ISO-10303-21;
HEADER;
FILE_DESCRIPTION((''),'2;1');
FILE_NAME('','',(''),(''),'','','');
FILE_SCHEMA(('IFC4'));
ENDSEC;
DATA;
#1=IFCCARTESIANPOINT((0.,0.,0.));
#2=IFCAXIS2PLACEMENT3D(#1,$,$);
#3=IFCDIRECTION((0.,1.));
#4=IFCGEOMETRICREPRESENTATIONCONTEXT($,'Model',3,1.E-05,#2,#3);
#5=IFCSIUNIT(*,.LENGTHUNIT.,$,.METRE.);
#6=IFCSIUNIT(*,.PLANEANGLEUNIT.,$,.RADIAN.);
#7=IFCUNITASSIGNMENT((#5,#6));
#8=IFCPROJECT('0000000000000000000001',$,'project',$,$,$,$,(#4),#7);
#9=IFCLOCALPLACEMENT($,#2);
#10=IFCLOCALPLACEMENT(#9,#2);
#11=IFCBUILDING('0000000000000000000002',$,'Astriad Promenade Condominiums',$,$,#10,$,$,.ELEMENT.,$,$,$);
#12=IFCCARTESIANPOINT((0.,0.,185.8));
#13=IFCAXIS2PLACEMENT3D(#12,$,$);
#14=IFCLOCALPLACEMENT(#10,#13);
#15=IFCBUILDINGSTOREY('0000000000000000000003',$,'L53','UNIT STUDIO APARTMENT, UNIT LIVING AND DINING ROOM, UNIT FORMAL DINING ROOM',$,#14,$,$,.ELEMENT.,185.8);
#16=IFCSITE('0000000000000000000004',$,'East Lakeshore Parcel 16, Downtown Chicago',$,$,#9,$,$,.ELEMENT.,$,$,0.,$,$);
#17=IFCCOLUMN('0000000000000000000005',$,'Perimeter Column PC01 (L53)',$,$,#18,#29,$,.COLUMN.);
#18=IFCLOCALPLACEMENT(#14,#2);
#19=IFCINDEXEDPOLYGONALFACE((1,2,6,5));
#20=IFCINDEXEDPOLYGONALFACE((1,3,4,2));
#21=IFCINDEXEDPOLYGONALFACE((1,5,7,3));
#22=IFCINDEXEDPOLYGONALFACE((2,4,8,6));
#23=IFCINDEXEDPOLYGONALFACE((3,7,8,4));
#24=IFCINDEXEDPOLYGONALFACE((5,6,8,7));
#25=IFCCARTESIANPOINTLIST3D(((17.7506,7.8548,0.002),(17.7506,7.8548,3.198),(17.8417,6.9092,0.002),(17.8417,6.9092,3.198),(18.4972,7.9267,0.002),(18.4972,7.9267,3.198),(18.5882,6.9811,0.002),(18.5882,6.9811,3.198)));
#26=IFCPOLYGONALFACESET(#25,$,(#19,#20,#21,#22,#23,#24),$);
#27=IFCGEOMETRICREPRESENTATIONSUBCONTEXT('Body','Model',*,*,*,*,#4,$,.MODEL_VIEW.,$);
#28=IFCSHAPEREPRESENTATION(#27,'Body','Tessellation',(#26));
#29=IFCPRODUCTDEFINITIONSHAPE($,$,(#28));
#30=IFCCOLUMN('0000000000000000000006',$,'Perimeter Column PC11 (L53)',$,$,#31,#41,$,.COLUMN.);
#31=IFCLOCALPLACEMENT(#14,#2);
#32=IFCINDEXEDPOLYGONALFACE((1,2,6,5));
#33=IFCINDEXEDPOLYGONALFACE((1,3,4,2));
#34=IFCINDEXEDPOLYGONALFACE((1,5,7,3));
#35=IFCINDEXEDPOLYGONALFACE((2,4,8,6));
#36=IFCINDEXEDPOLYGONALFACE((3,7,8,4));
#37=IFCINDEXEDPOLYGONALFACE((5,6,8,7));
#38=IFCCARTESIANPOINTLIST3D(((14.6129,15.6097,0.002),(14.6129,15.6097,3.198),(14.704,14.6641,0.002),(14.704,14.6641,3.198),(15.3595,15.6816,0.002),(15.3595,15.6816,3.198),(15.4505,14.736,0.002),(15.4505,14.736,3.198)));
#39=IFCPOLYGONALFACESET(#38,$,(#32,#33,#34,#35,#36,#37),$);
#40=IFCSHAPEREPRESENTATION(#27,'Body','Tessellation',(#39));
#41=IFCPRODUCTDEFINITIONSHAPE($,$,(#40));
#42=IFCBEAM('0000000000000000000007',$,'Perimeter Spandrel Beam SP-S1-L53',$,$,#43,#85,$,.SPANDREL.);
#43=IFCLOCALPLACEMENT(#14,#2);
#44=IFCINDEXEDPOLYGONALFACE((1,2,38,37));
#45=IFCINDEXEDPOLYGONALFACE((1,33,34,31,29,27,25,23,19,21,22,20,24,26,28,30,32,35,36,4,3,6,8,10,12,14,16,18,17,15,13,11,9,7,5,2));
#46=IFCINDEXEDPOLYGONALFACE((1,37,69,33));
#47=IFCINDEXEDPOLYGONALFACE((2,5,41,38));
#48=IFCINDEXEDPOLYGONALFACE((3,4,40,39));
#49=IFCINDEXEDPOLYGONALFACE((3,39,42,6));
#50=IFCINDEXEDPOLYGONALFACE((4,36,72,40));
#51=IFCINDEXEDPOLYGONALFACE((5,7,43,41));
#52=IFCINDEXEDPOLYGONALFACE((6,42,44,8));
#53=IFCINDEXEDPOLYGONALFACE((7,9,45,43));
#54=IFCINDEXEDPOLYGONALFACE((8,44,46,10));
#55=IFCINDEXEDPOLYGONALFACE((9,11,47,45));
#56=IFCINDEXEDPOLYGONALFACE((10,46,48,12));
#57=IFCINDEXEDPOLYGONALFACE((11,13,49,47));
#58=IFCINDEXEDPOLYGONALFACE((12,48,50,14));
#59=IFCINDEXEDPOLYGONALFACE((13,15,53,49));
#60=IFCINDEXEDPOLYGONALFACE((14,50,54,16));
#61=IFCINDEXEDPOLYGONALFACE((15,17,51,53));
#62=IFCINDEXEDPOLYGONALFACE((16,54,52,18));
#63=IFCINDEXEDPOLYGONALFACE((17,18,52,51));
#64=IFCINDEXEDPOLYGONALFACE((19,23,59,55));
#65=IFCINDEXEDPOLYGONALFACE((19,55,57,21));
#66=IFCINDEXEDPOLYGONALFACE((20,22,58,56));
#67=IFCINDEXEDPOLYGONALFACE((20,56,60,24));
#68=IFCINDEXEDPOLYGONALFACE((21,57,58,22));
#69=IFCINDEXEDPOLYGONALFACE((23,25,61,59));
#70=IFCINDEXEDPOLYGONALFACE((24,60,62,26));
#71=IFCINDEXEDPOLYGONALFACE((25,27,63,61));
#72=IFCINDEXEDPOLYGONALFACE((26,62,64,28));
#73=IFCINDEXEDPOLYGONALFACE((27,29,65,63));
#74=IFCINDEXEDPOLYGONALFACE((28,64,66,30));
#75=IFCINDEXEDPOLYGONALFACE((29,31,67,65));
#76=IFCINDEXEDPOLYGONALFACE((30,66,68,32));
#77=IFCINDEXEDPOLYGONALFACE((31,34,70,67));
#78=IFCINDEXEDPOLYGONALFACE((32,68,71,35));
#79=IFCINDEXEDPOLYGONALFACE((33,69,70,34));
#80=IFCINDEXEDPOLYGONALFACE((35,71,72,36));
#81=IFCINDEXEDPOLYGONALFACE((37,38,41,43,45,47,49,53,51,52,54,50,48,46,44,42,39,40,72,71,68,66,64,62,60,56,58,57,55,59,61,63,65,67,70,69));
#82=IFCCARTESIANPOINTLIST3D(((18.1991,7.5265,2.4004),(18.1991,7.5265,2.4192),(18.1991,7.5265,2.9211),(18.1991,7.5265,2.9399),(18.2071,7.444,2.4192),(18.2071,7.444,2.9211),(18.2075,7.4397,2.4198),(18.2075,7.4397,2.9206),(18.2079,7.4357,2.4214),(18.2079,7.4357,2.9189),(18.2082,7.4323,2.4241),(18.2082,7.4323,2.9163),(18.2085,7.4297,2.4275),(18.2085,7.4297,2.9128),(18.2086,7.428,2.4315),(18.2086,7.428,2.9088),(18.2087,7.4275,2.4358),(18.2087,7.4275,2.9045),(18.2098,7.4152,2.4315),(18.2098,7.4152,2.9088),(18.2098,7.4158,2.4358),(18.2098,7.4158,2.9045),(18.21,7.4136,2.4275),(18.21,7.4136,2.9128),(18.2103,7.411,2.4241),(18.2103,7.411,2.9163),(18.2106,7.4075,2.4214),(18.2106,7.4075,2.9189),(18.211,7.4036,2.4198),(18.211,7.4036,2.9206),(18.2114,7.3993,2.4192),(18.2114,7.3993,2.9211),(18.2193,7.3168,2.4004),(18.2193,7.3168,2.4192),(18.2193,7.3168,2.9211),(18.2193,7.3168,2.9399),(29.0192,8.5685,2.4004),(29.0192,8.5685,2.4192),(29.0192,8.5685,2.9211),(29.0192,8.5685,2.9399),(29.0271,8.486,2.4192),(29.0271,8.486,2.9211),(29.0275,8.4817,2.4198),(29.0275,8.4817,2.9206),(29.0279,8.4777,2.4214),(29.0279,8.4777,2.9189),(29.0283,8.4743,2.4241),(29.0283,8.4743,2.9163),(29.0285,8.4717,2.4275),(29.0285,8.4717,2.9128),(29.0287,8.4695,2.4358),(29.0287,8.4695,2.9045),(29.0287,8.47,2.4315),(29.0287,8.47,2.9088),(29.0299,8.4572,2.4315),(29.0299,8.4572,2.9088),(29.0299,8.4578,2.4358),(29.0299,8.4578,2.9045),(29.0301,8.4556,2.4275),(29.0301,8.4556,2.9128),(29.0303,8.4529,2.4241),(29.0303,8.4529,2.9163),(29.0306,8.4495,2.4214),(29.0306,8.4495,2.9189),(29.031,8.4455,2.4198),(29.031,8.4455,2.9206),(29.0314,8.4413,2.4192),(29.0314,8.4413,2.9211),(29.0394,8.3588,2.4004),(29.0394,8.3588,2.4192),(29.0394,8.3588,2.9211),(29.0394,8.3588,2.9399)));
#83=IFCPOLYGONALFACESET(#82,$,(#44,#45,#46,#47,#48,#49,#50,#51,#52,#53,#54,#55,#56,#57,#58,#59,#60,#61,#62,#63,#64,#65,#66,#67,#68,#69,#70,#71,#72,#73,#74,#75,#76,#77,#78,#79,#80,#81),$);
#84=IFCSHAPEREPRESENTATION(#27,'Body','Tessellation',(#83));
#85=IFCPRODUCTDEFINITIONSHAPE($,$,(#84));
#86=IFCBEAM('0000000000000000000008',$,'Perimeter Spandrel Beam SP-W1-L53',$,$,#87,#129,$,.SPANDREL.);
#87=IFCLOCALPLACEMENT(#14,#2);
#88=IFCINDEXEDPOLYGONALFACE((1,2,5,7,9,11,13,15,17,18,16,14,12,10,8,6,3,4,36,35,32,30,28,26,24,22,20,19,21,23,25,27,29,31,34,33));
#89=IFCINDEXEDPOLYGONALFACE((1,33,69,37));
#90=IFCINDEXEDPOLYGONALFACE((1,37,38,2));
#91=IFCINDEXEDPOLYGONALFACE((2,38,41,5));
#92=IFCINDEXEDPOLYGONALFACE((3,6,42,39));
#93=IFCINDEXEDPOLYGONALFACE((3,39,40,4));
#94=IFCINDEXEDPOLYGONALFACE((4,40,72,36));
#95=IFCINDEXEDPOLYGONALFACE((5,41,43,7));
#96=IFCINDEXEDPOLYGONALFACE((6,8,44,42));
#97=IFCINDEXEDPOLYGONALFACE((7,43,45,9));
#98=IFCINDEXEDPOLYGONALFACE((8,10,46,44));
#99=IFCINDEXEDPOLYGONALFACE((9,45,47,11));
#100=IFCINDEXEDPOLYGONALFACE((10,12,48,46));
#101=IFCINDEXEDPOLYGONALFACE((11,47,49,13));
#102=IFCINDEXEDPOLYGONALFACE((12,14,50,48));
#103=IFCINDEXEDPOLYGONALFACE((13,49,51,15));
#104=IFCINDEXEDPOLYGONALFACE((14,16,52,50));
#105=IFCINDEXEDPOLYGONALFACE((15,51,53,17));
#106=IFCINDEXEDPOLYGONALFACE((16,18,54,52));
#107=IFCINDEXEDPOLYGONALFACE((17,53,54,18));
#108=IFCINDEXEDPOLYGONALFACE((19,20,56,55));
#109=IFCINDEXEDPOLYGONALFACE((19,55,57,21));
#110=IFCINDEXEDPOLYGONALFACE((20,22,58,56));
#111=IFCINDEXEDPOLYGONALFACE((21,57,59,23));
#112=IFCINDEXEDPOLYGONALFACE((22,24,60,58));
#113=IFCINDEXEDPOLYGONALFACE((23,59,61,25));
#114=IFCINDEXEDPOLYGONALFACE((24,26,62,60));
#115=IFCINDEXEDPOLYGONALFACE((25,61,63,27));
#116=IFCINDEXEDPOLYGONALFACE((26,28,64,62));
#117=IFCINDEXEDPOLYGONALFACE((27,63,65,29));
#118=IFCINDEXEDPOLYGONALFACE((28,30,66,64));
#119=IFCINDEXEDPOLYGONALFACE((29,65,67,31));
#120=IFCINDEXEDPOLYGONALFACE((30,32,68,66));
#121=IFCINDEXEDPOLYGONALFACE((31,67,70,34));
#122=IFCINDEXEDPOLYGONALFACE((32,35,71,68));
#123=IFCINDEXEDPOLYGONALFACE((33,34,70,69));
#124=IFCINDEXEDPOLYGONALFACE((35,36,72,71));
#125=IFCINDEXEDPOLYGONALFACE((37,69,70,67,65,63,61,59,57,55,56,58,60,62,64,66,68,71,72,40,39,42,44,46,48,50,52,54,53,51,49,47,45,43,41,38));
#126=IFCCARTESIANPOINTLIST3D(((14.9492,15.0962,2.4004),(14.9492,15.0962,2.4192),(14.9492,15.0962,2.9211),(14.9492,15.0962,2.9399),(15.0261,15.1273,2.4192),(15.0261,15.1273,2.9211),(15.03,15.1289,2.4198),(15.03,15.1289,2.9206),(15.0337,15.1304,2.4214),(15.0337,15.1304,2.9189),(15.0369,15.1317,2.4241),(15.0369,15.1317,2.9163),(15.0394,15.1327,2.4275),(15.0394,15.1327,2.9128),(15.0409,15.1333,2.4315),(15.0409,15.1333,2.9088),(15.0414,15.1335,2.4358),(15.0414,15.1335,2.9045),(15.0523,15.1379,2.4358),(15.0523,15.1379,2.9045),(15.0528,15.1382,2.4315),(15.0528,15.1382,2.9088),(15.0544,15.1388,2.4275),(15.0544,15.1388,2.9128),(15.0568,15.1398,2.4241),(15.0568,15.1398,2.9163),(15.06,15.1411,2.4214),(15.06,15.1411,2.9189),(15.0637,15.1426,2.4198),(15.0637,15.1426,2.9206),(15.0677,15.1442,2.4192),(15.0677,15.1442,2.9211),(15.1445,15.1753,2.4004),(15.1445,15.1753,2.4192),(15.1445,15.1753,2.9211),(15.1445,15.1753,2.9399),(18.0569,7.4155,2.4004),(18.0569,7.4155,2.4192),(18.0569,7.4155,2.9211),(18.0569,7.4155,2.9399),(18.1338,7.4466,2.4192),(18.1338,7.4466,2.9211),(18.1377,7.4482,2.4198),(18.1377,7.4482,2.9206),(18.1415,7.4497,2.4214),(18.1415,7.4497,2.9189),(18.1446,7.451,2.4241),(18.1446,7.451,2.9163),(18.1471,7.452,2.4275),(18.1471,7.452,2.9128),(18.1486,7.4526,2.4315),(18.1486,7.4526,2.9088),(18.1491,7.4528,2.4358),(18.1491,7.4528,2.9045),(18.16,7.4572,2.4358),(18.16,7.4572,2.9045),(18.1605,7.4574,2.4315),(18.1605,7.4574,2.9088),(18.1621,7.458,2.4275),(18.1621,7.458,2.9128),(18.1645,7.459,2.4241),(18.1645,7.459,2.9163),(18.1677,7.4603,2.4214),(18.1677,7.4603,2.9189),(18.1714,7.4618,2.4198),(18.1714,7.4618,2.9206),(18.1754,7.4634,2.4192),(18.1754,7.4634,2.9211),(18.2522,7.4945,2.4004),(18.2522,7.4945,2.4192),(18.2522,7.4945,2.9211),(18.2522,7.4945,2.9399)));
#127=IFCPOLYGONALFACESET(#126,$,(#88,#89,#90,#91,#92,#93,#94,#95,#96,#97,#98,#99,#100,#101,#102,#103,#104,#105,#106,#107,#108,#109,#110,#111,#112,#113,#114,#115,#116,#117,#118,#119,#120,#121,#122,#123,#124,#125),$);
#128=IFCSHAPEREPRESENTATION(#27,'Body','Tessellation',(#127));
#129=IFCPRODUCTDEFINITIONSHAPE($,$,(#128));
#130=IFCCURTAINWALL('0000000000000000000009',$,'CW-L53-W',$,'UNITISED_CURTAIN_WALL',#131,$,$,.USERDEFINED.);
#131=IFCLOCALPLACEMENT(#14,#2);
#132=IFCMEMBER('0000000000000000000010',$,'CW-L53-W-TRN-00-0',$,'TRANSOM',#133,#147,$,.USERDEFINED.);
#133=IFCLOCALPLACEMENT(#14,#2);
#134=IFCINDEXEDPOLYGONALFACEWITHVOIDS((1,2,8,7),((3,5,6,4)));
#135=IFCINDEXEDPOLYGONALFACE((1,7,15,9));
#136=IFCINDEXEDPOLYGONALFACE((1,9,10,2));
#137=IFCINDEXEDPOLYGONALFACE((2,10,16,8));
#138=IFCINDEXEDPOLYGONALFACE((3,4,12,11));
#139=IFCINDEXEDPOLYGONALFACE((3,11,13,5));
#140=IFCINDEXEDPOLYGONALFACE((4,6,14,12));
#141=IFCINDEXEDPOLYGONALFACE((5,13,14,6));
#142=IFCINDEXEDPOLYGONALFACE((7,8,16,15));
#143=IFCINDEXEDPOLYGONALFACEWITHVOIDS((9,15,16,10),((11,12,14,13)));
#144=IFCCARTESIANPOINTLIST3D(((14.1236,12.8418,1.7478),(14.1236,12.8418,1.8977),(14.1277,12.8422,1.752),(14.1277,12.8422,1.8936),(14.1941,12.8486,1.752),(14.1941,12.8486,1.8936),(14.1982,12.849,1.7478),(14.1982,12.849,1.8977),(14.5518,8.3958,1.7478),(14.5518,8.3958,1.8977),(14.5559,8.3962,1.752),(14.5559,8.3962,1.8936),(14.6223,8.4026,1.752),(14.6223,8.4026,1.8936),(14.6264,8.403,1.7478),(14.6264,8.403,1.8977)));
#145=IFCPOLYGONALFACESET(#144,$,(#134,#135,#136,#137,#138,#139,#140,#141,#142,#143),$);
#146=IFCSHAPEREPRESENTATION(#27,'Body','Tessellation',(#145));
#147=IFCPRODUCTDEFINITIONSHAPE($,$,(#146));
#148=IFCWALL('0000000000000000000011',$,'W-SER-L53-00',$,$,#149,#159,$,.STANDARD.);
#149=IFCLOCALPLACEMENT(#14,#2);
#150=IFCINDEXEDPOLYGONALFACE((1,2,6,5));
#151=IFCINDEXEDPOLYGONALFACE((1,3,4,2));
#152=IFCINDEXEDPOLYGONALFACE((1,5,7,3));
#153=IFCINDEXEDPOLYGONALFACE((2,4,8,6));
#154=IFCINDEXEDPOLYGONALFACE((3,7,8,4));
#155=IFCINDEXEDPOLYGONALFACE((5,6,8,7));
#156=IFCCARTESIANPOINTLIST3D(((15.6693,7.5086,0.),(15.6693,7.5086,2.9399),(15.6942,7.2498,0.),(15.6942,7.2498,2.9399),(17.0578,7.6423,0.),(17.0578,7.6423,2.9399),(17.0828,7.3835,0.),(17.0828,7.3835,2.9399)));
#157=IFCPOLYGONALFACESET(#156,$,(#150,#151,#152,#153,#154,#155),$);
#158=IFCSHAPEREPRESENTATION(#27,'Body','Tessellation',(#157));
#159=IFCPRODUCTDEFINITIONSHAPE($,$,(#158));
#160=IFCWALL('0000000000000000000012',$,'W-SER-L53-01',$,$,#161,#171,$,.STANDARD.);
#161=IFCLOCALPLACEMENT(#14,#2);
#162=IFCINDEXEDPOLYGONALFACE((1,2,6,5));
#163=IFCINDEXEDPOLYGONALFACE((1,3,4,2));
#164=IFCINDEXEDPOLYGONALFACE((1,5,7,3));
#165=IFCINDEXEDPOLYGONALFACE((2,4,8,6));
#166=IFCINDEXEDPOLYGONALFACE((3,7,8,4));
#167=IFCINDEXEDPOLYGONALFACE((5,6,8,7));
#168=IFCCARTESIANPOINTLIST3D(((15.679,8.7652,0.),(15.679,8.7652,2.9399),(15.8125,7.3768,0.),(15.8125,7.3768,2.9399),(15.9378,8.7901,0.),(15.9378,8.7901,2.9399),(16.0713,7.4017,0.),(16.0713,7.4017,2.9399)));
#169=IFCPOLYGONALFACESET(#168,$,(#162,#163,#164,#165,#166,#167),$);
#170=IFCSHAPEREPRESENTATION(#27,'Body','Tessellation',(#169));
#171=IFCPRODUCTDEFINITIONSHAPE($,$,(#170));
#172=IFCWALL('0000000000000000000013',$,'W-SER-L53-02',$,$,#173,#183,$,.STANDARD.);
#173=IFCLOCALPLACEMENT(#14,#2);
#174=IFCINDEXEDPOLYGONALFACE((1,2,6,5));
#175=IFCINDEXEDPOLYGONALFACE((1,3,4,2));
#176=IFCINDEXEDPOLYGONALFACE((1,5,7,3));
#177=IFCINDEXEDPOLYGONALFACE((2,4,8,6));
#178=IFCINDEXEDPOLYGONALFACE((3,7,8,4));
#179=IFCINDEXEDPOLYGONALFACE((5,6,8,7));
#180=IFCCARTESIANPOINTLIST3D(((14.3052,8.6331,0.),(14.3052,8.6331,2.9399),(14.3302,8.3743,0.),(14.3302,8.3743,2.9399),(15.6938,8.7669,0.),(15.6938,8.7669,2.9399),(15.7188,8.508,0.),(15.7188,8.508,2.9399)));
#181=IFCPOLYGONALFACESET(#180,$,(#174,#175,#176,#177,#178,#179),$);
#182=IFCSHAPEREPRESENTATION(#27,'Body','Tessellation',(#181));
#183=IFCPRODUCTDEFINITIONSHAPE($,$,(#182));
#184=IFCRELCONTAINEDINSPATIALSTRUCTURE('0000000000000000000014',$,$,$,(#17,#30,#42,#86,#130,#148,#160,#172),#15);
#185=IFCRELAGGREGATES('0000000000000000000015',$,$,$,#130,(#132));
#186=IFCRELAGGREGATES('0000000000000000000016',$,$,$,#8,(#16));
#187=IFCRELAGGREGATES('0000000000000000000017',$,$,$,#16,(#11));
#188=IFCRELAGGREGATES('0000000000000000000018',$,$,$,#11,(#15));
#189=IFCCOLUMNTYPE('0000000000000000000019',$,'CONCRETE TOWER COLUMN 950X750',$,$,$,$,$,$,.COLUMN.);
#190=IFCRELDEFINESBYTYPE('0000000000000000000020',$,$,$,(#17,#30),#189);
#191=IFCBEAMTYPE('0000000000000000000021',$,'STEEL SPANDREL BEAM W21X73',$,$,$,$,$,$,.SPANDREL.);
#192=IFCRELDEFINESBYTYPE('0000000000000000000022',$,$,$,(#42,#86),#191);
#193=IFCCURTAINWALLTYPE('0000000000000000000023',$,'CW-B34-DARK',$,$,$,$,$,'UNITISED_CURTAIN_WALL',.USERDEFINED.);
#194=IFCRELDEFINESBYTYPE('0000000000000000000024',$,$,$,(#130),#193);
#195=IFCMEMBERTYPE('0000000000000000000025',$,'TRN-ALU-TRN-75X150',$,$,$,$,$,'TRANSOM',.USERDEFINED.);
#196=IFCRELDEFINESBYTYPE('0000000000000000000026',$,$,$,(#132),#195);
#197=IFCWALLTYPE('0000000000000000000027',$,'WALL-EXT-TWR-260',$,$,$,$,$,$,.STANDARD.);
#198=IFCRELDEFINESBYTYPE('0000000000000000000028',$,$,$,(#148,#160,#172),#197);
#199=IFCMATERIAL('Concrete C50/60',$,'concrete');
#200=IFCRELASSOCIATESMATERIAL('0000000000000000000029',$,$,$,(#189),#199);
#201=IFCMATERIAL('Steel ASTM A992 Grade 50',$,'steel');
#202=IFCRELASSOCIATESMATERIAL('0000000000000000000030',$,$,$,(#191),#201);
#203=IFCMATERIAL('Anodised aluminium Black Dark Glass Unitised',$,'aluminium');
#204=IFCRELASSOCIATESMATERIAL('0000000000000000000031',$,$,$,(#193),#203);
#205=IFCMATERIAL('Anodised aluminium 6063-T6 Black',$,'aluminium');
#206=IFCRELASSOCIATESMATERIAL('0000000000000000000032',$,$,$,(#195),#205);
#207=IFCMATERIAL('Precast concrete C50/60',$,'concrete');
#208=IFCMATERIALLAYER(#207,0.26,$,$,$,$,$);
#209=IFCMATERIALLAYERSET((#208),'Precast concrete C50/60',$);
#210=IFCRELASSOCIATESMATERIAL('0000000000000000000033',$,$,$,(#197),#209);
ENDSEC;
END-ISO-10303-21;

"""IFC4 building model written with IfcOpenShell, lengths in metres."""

from ifc_helpers import new_model, si_unit, direction, frame, frame_2d, origin, origin_2d, place, context, subcontext, project, spatial, rectangle, hollow_rectangle, i_section, extrude, source, transform, mapped, material, layer, layer_set, material_profile, profile_set, type_object, type_shapes, element, aggregate, save


model = new_model("IFC4")

# Units and contexts
model_context = context("Model", 3, precision=1e-05, world=origin(), true_north=direction((0.0, 1.0)))
body_context = subcontext(model_context, "Body", "Model", "MODEL_VIEW")
ifc_project = project(units=[si_unit("LENGTHUNIT", "METRE"), si_unit("PLANEANGLEUNIT", "RADIAN")], contexts=[model_context])

# Site, building, storey
site_placement = place(None, origin())
site = spatial("IfcSite", under=ifc_project, at=site_placement, Name="East Lakeshore Parcel 16, Downtown Chicago", CompositionType="ELEMENT", RefElevation=0.0)
building_placement = place(site_placement, origin())
building = spatial("IfcBuilding", under=site, at=building_placement, Name="Astriad Promenade Condominiums", CompositionType="ELEMENT")
storey_placement = place(building_placement, frame((0.0, 0.0, 185.8)))
storey = spatial("IfcBuildingStorey", under=building, at=storey_placement, Name="L53", Description="UNIT STUDIO APARTMENT, UNIT LIVING AND DINING ROOM, UNIT FORMAL DINING ROOM", CompositionType="ELEMENT", Elevation=185.8)

# Columns
ifc_material_1 = material(Name="Concrete C50/60", Category="concrete")
ifc_material_profile_1 = material_profile(ifc_material_1, rectangle(XDim=0.75, YDim=0.95, at=origin_2d()), Name="RC-COL-950X750")
ifc_profile_set_1 = profile_set([ifc_material_profile_1], Name="Concrete C50/60")
column_type = type_object("IfcColumnType", Name="CONCRETE TOWER COLUMN 950X750", PredefinedType="COLUMN", material=ifc_profile_set_1)
shared_shape_1 = source(origin(), body_context, "Body", "SweptSolid", [
    extrude(rectangle(XDim=0.75, YDim=0.95, at=origin_2d()), origin(), (0.0, 0.0, 1.0), 3.196),
])
type_shapes(column_type, [shared_shape_1])
for number, where, z_axis, x_axis, name in (
    (1, (18.1694, 7.418, 0.002), (0.0, 0.0, 1.0), (0.995396, 0.095846, 0.0), "Perimeter Column PC01 (L53)"),
    (2, (15.0317, 15.1729, 0.002), (0.0, 0.0, 1.0), (0.995396, 0.095846, 0.0), "Perimeter Column PC11 (L53)"),
):
    element("IfcColumn", number, at=place(storey_placement, frame(where, z_axis=z_axis, x_axis=x_axis)), inside=storey, type_object=column_type, Name=name, PredefinedType="COLUMN", context=body_context, shape_type="MappedRepresentation", body=[
        mapped(shared_shape_1, transform((0.0, 0.0, 0.0), scale=1.0)),
    ])

# Beams
ifc_material_2 = material(Name="Steel ASTM A992 Grade 50", Category="steel")
ifc_material_profile_2 = material_profile(ifc_material_2, i_section(OverallWidth=0.2107, OverallDepth=0.5396, WebThickness=0.0117, FlangeThickness=0.0188, FilletRadius=0.0166, at=origin_2d()), Name="W21X73")
ifc_profile_set_2 = profile_set([ifc_material_profile_2], Name="Steel ASTM A992 Grade 50")
beam_type = type_object("IfcBeamType", Name="STEEL SPANDREL BEAM W21X73", PredefinedType="SPANDREL", material=ifc_profile_set_2)
shared_shape_2 = source(origin(), body_context, "Body", "SweptSolid", [
    extrude(i_section(OverallWidth=0.2107, OverallDepth=0.5396, WebThickness=0.0117, FlangeThickness=0.0188, FilletRadius=0.0166, at=origin_2d()), origin(), (0.0, 0.0, 1.0), 10.8701),
])
beam_1_placement = place(storey_placement, frame((18.2092, 7.4216, 2.6702), z_axis=(0.995395, 0.095858, 0.0), x_axis=(-0.095858, 0.995395, 0.0)))
element("IfcBeam", 3, at=beam_1_placement, inside=storey, type_object=beam_type, Name="Perimeter Spandrel Beam SP-S1-L53", PredefinedType="SPANDREL", context=body_context, shape_type="MappedRepresentation", body=[
    mapped(shared_shape_2, transform((0.0, 0.0, 0.0), scale=1.0)),
])
shared_shape_3 = source(origin(), body_context, "Body", "SweptSolid", [
    extrude(i_section(OverallWidth=0.2107, OverallDepth=0.5396, WebThickness=0.0117, FlangeThickness=0.0188, FilletRadius=0.0166, at=origin_2d()), origin(), (0.0, 0.0, 1.0), 8.2856),
])
type_shapes(beam_type, [shared_shape_2, shared_shape_3])
beam_2_placement = place(storey_placement, frame((15.0469, 15.1357, 2.6702), z_axis=(0.375071, -0.926996, 0.0), x_axis=(0.926996, 0.375071, 0.0)))
element("IfcBeam", 4, at=beam_2_placement, inside=storey, type_object=beam_type, Name="Perimeter Spandrel Beam SP-W1-L53", PredefinedType="SPANDREL", context=body_context, shape_type="MappedRepresentation", body=[
    mapped(shared_shape_3, transform((0.0, 0.0, 0.0), scale=1.0)),
])

# Curtain wall, member
ifc_material_3 = material(Name="Anodised aluminium Black Dark Glass Unitised", Category="aluminium")
curtain_wall_type = type_object("IfcCurtainWallType", Name="CW-B34-DARK", ElementType="UNITISED_CURTAIN_WALL", PredefinedType="USERDEFINED", material=ifc_material_3)
curtain_wall_placement = place(storey_placement, origin())
curtain_wall = element("IfcCurtainWall", 5, at=curtain_wall_placement, inside=storey, type_object=curtain_wall_type, Name="CW-L53-W", ObjectType="UNITISED_CURTAIN_WALL", PredefinedType="USERDEFINED")
ifc_material_4 = material(Name="Anodised aluminium 6063-T6 Black", Category="aluminium")
ifc_material_profile_3 = material_profile(ifc_material_4, hollow_rectangle(XDim=0.075, YDim=0.1499, WallThickness=0.0042, at=origin_2d()), Name="ALU-TRN-75X150")
ifc_profile_set_3 = profile_set([ifc_material_profile_3], Name="Anodised aluminium 6063-T6 Black")
member_type = type_object("IfcMemberType", Name="TRN-ALU-TRN-75X150", ElementType="TRANSOM", PredefinedType="USERDEFINED", material=ifc_profile_set_3)
shared_shape_4 = source(origin(), body_context, "Body", "SweptSolid", [
    extrude(hollow_rectangle(XDim=0.075, YDim=0.1499, WallThickness=0.0042, at=origin_2d()), origin(), (0.0, 0.0, 1.0), 4.4666),
])
type_shapes(member_type, [shared_shape_4])
member_placement = place(storey_placement, frame((14.5891, 8.3994, 1.8228), z_axis=(-0.095872, 0.995394, 0.0), x_axis=(-0.995394, -0.095872, 0.0)))
member = element("IfcMember", 6, at=member_placement, type_object=member_type, Name="CW-L53-W-TRN-00-0", ObjectType="TRANSOM", PredefinedType="USERDEFINED", context=body_context, shape_type="MappedRepresentation", body=[
    mapped(shared_shape_4, transform((0.0, 0.0, 0.0), scale=1.0)),
])
aggregate(curtain_wall, [member])

# Walls
ifc_material_5 = material(Name="Precast concrete C50/60", Category="concrete")
ifc_layer_1 = layer(ifc_material_5, 0.26)
ifc_layer_set_1 = layer_set([ifc_layer_1], Name="Precast concrete C50/60")
wall_type_1 = type_object("IfcWallType", Name="WALL-EXT-TWR-260", PredefinedType="STANDARD", material=ifc_layer_set_1)
wall_1_placement = place(storey_placement, frame((17.0703, 7.5129, 0.0), z_axis=(0.0, 0.0, 1.0), x_axis=(-0.995391, -0.095899, 0.0)))
element("IfcWall", 7, at=wall_1_placement, inside=storey, type_object=wall_type_1, Name="W-SER-L53-00", PredefinedType="STANDARD", context=body_context, shape_type="SweptSolid", body=[
    extrude(rectangle(XDim=1.395, YDim=0.26, at=frame_2d((0.6975, 0.0))), origin(), (0.0, 0.0, 1.0), 2.9399),
])
wall_2_placement = place(storey_placement, frame((15.9419, 7.3894, 0.0), z_axis=(0.0, 0.0, 1.0), x_axis=(-0.095742, 0.995406, 0.0)))
element("IfcWall", 8, at=wall_2_placement, inside=storey, type_object=wall_type_1, Name="W-SER-L53-01", PredefinedType="STANDARD", context=body_context, shape_type="SweptSolid", body=[
    extrude(rectangle(XDim=1.3948, YDim=0.26, at=frame_2d((0.6973, 0.0))), origin(), (0.0, 0.0, 1.0), 2.9399),
])
wall_3_placement = place(storey_placement, frame((15.7063, 8.6375, 0.0), z_axis=(0.0, 0.0, 1.0), x_axis=(-0.995391, -0.095899, 0.0)))
element("IfcWall", 9, at=wall_3_placement, inside=storey, type_object=wall_type_1, Name="W-SER-L53-02", PredefinedType="STANDARD", context=body_context, shape_type="SweptSolid", body=[
    extrude(rectangle(XDim=1.395, YDim=0.26, at=frame_2d((0.6975, 0.0))), origin(), (0.0, 0.0, 1.0), 2.9399),
])

save(model, "model.ifc")
